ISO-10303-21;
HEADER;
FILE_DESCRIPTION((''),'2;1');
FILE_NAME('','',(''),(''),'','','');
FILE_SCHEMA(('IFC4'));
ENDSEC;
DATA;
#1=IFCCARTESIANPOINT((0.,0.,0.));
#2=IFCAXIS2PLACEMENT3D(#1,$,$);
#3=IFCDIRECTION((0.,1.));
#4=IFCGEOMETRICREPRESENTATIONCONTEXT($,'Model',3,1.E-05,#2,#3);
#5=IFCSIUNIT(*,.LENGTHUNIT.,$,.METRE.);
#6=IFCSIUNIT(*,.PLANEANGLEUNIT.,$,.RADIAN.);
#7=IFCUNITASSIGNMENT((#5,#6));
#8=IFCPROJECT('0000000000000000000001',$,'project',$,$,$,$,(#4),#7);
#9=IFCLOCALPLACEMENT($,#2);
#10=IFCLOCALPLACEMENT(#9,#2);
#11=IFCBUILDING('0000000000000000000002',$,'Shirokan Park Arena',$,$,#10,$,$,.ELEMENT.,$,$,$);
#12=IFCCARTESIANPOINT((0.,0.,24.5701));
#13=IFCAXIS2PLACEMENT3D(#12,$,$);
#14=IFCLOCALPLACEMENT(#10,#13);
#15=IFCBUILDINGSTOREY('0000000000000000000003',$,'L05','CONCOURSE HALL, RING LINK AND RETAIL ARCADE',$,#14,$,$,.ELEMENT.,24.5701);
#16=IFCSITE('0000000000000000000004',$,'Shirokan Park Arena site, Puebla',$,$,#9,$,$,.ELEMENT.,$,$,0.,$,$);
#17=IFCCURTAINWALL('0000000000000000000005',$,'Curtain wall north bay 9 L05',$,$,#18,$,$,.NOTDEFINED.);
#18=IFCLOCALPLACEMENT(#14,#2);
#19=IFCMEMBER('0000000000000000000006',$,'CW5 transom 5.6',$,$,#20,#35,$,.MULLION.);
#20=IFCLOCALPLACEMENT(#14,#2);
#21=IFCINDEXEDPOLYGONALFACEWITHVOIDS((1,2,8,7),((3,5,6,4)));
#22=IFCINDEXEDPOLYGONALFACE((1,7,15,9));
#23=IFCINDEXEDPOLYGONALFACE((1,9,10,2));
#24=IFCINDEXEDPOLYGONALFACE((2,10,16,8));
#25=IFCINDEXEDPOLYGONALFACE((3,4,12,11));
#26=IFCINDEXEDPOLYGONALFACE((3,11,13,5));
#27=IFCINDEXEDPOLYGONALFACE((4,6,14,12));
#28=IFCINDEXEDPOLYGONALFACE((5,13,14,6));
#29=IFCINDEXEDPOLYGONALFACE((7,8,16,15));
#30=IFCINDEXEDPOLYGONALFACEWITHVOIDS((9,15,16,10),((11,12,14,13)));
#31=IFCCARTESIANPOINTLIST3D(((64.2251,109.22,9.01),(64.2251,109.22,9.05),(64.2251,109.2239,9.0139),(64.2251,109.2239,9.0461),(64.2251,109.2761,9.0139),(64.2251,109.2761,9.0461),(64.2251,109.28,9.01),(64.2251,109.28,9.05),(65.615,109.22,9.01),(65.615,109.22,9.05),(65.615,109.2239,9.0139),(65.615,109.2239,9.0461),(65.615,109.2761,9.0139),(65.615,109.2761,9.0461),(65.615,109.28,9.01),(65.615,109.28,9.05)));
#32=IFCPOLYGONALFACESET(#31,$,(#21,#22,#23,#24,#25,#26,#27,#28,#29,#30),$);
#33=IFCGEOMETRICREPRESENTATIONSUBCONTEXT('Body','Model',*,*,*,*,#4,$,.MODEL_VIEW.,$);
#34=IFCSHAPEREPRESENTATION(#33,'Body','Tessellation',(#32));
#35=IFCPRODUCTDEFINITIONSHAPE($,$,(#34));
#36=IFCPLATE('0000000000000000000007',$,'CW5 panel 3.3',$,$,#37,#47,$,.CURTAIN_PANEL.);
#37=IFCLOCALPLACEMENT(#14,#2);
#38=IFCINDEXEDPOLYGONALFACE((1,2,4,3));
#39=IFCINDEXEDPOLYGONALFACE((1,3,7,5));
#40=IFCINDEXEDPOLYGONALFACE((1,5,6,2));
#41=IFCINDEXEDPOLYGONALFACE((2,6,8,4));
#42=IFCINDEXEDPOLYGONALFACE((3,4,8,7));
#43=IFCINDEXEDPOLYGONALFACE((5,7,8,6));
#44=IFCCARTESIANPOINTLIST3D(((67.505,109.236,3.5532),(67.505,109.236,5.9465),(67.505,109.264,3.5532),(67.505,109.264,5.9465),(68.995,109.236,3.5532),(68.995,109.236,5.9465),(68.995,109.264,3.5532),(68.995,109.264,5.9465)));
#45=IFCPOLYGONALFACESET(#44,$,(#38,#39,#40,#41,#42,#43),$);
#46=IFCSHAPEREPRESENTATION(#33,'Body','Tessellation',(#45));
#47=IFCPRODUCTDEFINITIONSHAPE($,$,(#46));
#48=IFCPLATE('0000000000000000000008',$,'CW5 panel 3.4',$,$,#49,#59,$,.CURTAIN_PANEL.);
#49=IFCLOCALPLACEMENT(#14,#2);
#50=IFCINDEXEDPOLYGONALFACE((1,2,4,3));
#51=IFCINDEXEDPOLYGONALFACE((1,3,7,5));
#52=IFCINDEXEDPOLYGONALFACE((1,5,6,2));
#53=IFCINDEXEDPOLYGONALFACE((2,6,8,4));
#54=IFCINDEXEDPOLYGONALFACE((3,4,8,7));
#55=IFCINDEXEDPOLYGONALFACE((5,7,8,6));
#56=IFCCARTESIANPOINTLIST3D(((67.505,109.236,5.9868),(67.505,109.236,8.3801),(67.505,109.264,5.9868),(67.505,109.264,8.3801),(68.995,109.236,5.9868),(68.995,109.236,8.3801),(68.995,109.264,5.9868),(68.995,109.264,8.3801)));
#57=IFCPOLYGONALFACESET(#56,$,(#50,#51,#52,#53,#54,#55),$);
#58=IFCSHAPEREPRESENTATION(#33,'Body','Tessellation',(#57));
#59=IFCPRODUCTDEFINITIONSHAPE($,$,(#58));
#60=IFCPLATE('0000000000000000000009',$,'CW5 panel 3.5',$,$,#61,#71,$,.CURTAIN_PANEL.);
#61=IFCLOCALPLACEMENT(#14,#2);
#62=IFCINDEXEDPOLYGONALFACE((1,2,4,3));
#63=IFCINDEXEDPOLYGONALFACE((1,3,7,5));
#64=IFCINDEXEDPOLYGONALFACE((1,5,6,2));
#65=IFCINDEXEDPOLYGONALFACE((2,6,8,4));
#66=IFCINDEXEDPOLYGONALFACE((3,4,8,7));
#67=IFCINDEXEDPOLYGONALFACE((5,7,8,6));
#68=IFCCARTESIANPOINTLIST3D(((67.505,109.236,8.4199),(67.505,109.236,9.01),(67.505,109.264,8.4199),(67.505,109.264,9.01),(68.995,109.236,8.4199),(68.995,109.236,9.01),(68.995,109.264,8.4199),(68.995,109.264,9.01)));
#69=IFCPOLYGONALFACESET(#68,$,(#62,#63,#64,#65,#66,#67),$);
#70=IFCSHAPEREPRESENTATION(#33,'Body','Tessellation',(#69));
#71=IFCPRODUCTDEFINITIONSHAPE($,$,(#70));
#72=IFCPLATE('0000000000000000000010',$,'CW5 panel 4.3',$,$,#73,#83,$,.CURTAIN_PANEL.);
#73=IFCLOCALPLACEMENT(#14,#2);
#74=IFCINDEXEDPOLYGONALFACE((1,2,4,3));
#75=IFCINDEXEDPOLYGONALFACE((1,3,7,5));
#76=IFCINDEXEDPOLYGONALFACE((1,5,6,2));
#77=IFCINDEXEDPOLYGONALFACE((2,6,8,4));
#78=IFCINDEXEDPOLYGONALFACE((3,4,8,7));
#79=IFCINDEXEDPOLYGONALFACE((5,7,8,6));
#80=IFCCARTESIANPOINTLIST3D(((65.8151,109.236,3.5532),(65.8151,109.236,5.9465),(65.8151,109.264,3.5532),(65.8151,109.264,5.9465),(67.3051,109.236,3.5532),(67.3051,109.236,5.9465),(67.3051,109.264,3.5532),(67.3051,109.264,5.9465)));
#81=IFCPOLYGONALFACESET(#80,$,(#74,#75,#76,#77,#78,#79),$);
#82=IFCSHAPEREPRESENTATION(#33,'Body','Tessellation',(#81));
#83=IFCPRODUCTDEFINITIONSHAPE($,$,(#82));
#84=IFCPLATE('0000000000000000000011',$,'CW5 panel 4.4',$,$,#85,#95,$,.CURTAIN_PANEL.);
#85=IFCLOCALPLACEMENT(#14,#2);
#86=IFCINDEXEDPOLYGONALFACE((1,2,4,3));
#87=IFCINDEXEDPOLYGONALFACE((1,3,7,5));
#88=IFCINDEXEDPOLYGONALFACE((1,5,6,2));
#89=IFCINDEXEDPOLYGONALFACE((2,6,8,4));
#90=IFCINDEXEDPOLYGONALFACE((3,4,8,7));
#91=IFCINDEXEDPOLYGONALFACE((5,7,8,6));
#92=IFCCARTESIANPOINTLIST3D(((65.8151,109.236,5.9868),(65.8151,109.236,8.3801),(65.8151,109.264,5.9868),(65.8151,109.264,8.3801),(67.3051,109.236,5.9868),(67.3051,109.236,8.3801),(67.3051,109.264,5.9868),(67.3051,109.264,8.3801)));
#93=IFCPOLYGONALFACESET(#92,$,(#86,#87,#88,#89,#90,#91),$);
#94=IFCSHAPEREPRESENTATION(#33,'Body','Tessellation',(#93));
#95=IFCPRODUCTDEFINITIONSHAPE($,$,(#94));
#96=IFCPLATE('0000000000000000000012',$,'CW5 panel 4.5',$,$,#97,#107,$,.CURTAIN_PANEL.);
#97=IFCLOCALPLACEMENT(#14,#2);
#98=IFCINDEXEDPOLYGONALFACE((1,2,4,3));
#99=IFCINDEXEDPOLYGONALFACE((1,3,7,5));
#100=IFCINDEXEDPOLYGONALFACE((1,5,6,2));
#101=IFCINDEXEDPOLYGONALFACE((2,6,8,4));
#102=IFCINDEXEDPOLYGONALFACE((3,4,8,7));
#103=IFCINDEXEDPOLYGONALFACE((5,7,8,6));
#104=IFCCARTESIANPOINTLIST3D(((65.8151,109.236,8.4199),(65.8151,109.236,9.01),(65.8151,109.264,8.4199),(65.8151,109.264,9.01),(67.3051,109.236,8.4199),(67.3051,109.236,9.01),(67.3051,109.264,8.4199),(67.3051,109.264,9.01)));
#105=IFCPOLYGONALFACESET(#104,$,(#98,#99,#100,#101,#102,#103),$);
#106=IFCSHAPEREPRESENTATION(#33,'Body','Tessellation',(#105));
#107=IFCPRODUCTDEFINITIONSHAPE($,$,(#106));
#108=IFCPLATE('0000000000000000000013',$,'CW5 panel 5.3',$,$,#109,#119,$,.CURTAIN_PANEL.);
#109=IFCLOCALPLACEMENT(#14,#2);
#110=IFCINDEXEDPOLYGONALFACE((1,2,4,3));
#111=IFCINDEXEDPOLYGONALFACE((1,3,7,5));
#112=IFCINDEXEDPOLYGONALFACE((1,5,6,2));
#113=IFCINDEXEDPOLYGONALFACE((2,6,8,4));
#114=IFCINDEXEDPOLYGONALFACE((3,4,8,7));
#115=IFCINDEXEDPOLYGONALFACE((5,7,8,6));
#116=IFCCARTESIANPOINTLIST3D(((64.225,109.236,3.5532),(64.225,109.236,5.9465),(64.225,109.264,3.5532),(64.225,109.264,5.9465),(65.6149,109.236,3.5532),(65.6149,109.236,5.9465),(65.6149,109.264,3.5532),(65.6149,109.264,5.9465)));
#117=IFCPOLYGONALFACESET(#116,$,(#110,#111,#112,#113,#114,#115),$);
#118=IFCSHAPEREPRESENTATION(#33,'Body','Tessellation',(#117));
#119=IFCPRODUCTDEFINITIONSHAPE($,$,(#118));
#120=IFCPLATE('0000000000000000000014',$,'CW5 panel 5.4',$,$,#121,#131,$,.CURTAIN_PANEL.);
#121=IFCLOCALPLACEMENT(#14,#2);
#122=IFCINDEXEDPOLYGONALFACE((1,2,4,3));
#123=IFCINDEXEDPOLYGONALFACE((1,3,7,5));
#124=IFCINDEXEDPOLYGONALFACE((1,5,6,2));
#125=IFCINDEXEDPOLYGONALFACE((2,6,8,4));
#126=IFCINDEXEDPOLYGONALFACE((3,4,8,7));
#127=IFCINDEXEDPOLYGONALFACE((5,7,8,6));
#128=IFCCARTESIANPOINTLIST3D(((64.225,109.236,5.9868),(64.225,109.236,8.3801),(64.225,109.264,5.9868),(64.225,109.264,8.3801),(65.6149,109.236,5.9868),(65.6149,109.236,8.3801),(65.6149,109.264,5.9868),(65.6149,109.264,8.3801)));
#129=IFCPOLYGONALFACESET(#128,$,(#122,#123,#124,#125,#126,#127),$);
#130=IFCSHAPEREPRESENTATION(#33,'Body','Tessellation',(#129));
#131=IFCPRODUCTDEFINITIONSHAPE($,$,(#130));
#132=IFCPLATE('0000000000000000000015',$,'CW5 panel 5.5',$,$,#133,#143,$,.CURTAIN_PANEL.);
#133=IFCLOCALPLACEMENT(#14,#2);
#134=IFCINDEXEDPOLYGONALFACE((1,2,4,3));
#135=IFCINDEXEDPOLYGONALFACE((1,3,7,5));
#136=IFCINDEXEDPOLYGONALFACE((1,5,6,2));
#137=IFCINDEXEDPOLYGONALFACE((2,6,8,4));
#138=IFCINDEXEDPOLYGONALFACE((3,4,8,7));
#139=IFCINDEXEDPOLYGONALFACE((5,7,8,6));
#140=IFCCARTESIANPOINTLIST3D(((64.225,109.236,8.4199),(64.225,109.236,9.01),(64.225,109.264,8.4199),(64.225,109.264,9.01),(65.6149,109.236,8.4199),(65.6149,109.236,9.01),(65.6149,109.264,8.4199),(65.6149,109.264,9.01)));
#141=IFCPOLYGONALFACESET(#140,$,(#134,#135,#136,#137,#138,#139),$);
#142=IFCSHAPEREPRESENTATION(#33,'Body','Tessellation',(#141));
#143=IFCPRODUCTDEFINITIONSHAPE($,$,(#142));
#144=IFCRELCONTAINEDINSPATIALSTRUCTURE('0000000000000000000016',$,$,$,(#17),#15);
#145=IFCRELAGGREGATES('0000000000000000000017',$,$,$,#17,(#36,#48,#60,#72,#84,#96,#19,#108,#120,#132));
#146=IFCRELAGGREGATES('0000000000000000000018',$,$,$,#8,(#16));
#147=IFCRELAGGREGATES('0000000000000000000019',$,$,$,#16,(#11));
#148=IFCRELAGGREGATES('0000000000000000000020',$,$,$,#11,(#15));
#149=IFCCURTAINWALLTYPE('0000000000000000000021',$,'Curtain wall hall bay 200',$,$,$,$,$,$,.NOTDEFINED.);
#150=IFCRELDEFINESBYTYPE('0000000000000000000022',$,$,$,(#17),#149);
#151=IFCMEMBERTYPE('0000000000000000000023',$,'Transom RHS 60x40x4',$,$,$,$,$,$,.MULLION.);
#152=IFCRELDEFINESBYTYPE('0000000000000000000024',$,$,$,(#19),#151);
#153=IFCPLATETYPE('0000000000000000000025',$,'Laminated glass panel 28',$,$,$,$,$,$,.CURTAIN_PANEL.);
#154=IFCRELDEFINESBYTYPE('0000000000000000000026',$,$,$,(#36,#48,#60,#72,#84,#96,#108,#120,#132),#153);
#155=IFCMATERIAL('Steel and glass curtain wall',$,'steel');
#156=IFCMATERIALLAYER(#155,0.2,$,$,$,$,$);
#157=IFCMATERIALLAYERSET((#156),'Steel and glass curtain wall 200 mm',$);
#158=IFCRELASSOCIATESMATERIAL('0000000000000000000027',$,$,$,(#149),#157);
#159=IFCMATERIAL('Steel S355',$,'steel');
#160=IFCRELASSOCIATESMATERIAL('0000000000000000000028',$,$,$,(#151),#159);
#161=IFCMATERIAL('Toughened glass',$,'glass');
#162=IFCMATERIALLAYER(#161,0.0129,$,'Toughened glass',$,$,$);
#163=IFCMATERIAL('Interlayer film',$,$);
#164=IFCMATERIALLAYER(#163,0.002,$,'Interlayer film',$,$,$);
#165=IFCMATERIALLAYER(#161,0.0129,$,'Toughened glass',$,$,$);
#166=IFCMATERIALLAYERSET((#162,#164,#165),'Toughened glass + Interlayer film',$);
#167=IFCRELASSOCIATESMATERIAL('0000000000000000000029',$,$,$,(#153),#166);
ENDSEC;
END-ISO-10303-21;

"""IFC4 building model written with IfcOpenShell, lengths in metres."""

from ifc_helpers import new_model, si_unit, direction, frame, origin, origin_2d, place, context, subcontext, project, spatial, rectangle, hollow_rectangle, extrude, material, layer, layer_set, material_profile, profile_set, type_object, element, aggregate, save


model = new_model("IFC4")

# Units and contexts
model_context = context("Model", 3, precision=1e-05, world=origin(), true_north=direction((0.0, 1.0)))
body_context = subcontext(model_context, "Body", "Model", "MODEL_VIEW")
ifc_project = project(units=[si_unit("LENGTHUNIT", "METRE"), si_unit("PLANEANGLEUNIT", "RADIAN")], contexts=[model_context])

# Site, building, storey
site_placement = place(None, origin())
site = spatial("IfcSite", under=ifc_project, at=site_placement, Name="Shirokan Park Arena site, Puebla", CompositionType="ELEMENT", RefElevation=0.0)
building_placement = place(site_placement, origin())
building = spatial("IfcBuilding", under=site, at=building_placement, Name="Shirokan Park Arena", CompositionType="ELEMENT")
storey_placement = place(building_placement, frame((0.0, 0.0, 24.5701)))
storey = spatial("IfcBuildingStorey", under=building, at=storey_placement, Name="L05", Description="CONCOURSE HALL, RING LINK AND RETAIL ARCADE", CompositionType="ELEMENT", Elevation=24.5701)

# Curtain wall, member, plates
ifc_material_1 = material(Name="Steel and glass curtain wall", Category="steel")
ifc_layer_1 = layer(ifc_material_1, 0.2)
ifc_layer_set_1 = layer_set([ifc_layer_1], Name="Steel and glass curtain wall 200 mm")
curtain_wall_type = type_object("IfcCurtainWallType", Name="Curtain wall hall bay 200", PredefinedType="NOTDEFINED", material=ifc_layer_set_1)
curtain_wall_placement = place(storey_placement, origin())
curtain_wall = element("IfcCurtainWall", 1, at=curtain_wall_placement, inside=storey, type_object=curtain_wall_type, Name="Curtain wall north bay 9 L05", PredefinedType="NOTDEFINED")
ifc_material_2 = material(Name="Steel S355", Category="steel")
ifc_material_profile = material_profile(ifc_material_2, hollow_rectangle(XDim=0.0601, YDim=0.04, WallThickness=0.0039, at=origin_2d()), Name="RHS 60x40x4")
ifc_profile_set = profile_set([ifc_material_profile], Name="Steel S355")
member_type = type_object("IfcMemberType", Name="Transom RHS 60x40x4", PredefinedType="MULLION", material=ifc_profile_set)
member_1_placement = place(storey_placement, frame((65.615, 109.25, 9.03), z_axis=(-1.0, 0.0, 0.0), x_axis=(0.0, -1.0, 0.0)))
member_1 = element("IfcMember", 2, at=member_1_placement, type_object=member_type, Name="CW5 transom 5.6", PredefinedType="MULLION", context=body_context, shape_type="SweptSolid", body=[
    extrude(hollow_rectangle(XDim=0.0601, YDim=0.04, WallThickness=0.0039, at=origin_2d()), origin(), (0.0, 0.0, 1.0), 1.3899),
])
ifc_material_3 = material(Name="Toughened glass", Category="glass")
ifc_layer_2 = layer(ifc_material_3, 0.0129, Name="Toughened glass")
ifc_material_4 = material(Name="Interlayer film")
ifc_layer_3 = layer(ifc_material_4, 0.002, Name="Interlayer film")
ifc_layer_4 = layer(ifc_material_3, 0.0129, Name="Toughened glass")
ifc_layer_set_2 = layer_set([ifc_layer_2, ifc_layer_3, ifc_layer_4], Name="Toughened glass + Interlayer film")
plate_type = type_object("IfcPlateType", Name="Laminated glass panel 28", PredefinedType="CURTAIN_PANEL", material=ifc_layer_set_2)
plate_1_placement = place(storey_placement, frame((68.25, 109.25, 3.5532), z_axis=(0.0, 0.0, 1.0), x_axis=(-1.0, 0.0, 0.0)))
plate_1 = element("IfcPlate", 3, at=plate_1_placement, type_object=plate_type, Name="CW5 panel 3.3", PredefinedType="CURTAIN_PANEL", context=body_context, shape_type="SweptSolid", body=[
    extrude(rectangle(XDim=1.49, YDim=0.0281, at=origin_2d()), origin(), (0.0, 0.0, 1.0), 2.3933),
])
plate_2_placement = place(storey_placement, frame((68.25, 109.25, 5.9868), z_axis=(0.0, 0.0, 1.0), x_axis=(-1.0, 0.0, 0.0)))
plate_2 = element("IfcPlate", 4, at=plate_2_placement, type_object=plate_type, Name="CW5 panel 3.4", PredefinedType="CURTAIN_PANEL", context=body_context, shape_type="SweptSolid", body=[
    extrude(rectangle(XDim=1.49, YDim=0.0281, at=origin_2d()), origin(), (0.0, 0.0, 1.0), 2.3933),
])
plate_3_placement = place(storey_placement, frame((68.25, 109.25, 8.4199), z_axis=(0.0, 0.0, 1.0), x_axis=(-1.0, 0.0, 0.0)))
plate_3 = element("IfcPlate", 5, at=plate_3_placement, type_object=plate_type, Name="CW5 panel 3.5", PredefinedType="CURTAIN_PANEL", context=body_context, shape_type="SweptSolid", body=[
    extrude(rectangle(XDim=1.49, YDim=0.0281, at=origin_2d()), origin(), (0.0, 0.0, 1.0), 0.5901),
])
plate_4_placement = place(storey_placement, frame((66.5601, 109.25, 3.5532), z_axis=(0.0, 0.0, 1.0), x_axis=(-1.0, 0.0, 0.0)))
plate_4 = element("IfcPlate", 6, at=plate_4_placement, type_object=plate_type, Name="CW5 panel 4.3", PredefinedType="CURTAIN_PANEL", context=body_context, shape_type="SweptSolid", body=[
    extrude(rectangle(XDim=1.49, YDim=0.0281, at=origin_2d()), origin(), (0.0, 0.0, 1.0), 2.3933),
])
plate_5_placement = place(storey_placement, frame((66.5601, 109.25, 5.9868), z_axis=(0.0, 0.0, 1.0), x_axis=(-1.0, 0.0, 0.0)))
plate_5 = element("IfcPlate", 7, at=plate_5_placement, type_object=plate_type, Name="CW5 panel 4.4", PredefinedType="CURTAIN_PANEL", context=body_context, shape_type="SweptSolid", body=[
    extrude(rectangle(XDim=1.49, YDim=0.0281, at=origin_2d()), origin(), (0.0, 0.0, 1.0), 2.3933),
])
plate_6_placement = place(storey_placement, frame((66.5601, 109.25, 8.4199), z_axis=(0.0, 0.0, 1.0), x_axis=(-1.0, 0.0, 0.0)))
plate_6 = element("IfcPlate", 8, at=plate_6_placement, type_object=plate_type, Name="CW5 panel 4.5", PredefinedType="CURTAIN_PANEL", context=body_context, shape_type="SweptSolid", body=[
    extrude(rectangle(XDim=1.49, YDim=0.0281, at=origin_2d()), origin(), (0.0, 0.0, 1.0), 0.5901),
])
plate_7_placement = place(storey_placement, frame((64.9199, 109.25, 3.5532), z_axis=(0.0, 0.0, 1.0), x_axis=(-1.0, 0.0, 0.0)))
plate_7 = element("IfcPlate", 9, at=plate_7_placement, type_object=plate_type, Name="CW5 panel 5.3", PredefinedType="CURTAIN_PANEL", context=body_context, shape_type="SweptSolid", body=[
    extrude(rectangle(XDim=1.3899, YDim=0.0281, at=origin_2d()), origin(), (0.0, 0.0, 1.0), 2.3933),
])
plate_8_placement = place(storey_placement, frame((64.9199, 109.25, 5.9868), z_axis=(0.0, 0.0, 1.0), x_axis=(-1.0, 0.0, 0.0)))
plate_8 = element("IfcPlate", 10, at=plate_8_placement, type_object=plate_type, Name="CW5 panel 5.4", PredefinedType="CURTAIN_PANEL", context=body_context, shape_type="SweptSolid", body=[
    extrude(rectangle(XDim=1.3899, YDim=0.0281, at=origin_2d()), origin(), (0.0, 0.0, 1.0), 2.3933),
])
plate_9_placement = place(storey_placement, frame((64.9199, 109.25, 8.4199), z_axis=(0.0, 0.0, 1.0), x_axis=(-1.0, 0.0, 0.0)))
plate_9 = element("IfcPlate", 11, at=plate_9_placement, type_object=plate_type, Name="CW5 panel 5.5", PredefinedType="CURTAIN_PANEL", context=body_context, shape_type="SweptSolid", body=[
    extrude(rectangle(XDim=1.3899, YDim=0.0281, at=origin_2d()), origin(), (0.0, 0.0, 1.0), 0.5901),
])
aggregate(curtain_wall, [plate_1, plate_2, plate_3, plate_4, plate_5, plate_6, member_1, plate_7, plate_8, plate_9])

save(model, "model.ifc")
